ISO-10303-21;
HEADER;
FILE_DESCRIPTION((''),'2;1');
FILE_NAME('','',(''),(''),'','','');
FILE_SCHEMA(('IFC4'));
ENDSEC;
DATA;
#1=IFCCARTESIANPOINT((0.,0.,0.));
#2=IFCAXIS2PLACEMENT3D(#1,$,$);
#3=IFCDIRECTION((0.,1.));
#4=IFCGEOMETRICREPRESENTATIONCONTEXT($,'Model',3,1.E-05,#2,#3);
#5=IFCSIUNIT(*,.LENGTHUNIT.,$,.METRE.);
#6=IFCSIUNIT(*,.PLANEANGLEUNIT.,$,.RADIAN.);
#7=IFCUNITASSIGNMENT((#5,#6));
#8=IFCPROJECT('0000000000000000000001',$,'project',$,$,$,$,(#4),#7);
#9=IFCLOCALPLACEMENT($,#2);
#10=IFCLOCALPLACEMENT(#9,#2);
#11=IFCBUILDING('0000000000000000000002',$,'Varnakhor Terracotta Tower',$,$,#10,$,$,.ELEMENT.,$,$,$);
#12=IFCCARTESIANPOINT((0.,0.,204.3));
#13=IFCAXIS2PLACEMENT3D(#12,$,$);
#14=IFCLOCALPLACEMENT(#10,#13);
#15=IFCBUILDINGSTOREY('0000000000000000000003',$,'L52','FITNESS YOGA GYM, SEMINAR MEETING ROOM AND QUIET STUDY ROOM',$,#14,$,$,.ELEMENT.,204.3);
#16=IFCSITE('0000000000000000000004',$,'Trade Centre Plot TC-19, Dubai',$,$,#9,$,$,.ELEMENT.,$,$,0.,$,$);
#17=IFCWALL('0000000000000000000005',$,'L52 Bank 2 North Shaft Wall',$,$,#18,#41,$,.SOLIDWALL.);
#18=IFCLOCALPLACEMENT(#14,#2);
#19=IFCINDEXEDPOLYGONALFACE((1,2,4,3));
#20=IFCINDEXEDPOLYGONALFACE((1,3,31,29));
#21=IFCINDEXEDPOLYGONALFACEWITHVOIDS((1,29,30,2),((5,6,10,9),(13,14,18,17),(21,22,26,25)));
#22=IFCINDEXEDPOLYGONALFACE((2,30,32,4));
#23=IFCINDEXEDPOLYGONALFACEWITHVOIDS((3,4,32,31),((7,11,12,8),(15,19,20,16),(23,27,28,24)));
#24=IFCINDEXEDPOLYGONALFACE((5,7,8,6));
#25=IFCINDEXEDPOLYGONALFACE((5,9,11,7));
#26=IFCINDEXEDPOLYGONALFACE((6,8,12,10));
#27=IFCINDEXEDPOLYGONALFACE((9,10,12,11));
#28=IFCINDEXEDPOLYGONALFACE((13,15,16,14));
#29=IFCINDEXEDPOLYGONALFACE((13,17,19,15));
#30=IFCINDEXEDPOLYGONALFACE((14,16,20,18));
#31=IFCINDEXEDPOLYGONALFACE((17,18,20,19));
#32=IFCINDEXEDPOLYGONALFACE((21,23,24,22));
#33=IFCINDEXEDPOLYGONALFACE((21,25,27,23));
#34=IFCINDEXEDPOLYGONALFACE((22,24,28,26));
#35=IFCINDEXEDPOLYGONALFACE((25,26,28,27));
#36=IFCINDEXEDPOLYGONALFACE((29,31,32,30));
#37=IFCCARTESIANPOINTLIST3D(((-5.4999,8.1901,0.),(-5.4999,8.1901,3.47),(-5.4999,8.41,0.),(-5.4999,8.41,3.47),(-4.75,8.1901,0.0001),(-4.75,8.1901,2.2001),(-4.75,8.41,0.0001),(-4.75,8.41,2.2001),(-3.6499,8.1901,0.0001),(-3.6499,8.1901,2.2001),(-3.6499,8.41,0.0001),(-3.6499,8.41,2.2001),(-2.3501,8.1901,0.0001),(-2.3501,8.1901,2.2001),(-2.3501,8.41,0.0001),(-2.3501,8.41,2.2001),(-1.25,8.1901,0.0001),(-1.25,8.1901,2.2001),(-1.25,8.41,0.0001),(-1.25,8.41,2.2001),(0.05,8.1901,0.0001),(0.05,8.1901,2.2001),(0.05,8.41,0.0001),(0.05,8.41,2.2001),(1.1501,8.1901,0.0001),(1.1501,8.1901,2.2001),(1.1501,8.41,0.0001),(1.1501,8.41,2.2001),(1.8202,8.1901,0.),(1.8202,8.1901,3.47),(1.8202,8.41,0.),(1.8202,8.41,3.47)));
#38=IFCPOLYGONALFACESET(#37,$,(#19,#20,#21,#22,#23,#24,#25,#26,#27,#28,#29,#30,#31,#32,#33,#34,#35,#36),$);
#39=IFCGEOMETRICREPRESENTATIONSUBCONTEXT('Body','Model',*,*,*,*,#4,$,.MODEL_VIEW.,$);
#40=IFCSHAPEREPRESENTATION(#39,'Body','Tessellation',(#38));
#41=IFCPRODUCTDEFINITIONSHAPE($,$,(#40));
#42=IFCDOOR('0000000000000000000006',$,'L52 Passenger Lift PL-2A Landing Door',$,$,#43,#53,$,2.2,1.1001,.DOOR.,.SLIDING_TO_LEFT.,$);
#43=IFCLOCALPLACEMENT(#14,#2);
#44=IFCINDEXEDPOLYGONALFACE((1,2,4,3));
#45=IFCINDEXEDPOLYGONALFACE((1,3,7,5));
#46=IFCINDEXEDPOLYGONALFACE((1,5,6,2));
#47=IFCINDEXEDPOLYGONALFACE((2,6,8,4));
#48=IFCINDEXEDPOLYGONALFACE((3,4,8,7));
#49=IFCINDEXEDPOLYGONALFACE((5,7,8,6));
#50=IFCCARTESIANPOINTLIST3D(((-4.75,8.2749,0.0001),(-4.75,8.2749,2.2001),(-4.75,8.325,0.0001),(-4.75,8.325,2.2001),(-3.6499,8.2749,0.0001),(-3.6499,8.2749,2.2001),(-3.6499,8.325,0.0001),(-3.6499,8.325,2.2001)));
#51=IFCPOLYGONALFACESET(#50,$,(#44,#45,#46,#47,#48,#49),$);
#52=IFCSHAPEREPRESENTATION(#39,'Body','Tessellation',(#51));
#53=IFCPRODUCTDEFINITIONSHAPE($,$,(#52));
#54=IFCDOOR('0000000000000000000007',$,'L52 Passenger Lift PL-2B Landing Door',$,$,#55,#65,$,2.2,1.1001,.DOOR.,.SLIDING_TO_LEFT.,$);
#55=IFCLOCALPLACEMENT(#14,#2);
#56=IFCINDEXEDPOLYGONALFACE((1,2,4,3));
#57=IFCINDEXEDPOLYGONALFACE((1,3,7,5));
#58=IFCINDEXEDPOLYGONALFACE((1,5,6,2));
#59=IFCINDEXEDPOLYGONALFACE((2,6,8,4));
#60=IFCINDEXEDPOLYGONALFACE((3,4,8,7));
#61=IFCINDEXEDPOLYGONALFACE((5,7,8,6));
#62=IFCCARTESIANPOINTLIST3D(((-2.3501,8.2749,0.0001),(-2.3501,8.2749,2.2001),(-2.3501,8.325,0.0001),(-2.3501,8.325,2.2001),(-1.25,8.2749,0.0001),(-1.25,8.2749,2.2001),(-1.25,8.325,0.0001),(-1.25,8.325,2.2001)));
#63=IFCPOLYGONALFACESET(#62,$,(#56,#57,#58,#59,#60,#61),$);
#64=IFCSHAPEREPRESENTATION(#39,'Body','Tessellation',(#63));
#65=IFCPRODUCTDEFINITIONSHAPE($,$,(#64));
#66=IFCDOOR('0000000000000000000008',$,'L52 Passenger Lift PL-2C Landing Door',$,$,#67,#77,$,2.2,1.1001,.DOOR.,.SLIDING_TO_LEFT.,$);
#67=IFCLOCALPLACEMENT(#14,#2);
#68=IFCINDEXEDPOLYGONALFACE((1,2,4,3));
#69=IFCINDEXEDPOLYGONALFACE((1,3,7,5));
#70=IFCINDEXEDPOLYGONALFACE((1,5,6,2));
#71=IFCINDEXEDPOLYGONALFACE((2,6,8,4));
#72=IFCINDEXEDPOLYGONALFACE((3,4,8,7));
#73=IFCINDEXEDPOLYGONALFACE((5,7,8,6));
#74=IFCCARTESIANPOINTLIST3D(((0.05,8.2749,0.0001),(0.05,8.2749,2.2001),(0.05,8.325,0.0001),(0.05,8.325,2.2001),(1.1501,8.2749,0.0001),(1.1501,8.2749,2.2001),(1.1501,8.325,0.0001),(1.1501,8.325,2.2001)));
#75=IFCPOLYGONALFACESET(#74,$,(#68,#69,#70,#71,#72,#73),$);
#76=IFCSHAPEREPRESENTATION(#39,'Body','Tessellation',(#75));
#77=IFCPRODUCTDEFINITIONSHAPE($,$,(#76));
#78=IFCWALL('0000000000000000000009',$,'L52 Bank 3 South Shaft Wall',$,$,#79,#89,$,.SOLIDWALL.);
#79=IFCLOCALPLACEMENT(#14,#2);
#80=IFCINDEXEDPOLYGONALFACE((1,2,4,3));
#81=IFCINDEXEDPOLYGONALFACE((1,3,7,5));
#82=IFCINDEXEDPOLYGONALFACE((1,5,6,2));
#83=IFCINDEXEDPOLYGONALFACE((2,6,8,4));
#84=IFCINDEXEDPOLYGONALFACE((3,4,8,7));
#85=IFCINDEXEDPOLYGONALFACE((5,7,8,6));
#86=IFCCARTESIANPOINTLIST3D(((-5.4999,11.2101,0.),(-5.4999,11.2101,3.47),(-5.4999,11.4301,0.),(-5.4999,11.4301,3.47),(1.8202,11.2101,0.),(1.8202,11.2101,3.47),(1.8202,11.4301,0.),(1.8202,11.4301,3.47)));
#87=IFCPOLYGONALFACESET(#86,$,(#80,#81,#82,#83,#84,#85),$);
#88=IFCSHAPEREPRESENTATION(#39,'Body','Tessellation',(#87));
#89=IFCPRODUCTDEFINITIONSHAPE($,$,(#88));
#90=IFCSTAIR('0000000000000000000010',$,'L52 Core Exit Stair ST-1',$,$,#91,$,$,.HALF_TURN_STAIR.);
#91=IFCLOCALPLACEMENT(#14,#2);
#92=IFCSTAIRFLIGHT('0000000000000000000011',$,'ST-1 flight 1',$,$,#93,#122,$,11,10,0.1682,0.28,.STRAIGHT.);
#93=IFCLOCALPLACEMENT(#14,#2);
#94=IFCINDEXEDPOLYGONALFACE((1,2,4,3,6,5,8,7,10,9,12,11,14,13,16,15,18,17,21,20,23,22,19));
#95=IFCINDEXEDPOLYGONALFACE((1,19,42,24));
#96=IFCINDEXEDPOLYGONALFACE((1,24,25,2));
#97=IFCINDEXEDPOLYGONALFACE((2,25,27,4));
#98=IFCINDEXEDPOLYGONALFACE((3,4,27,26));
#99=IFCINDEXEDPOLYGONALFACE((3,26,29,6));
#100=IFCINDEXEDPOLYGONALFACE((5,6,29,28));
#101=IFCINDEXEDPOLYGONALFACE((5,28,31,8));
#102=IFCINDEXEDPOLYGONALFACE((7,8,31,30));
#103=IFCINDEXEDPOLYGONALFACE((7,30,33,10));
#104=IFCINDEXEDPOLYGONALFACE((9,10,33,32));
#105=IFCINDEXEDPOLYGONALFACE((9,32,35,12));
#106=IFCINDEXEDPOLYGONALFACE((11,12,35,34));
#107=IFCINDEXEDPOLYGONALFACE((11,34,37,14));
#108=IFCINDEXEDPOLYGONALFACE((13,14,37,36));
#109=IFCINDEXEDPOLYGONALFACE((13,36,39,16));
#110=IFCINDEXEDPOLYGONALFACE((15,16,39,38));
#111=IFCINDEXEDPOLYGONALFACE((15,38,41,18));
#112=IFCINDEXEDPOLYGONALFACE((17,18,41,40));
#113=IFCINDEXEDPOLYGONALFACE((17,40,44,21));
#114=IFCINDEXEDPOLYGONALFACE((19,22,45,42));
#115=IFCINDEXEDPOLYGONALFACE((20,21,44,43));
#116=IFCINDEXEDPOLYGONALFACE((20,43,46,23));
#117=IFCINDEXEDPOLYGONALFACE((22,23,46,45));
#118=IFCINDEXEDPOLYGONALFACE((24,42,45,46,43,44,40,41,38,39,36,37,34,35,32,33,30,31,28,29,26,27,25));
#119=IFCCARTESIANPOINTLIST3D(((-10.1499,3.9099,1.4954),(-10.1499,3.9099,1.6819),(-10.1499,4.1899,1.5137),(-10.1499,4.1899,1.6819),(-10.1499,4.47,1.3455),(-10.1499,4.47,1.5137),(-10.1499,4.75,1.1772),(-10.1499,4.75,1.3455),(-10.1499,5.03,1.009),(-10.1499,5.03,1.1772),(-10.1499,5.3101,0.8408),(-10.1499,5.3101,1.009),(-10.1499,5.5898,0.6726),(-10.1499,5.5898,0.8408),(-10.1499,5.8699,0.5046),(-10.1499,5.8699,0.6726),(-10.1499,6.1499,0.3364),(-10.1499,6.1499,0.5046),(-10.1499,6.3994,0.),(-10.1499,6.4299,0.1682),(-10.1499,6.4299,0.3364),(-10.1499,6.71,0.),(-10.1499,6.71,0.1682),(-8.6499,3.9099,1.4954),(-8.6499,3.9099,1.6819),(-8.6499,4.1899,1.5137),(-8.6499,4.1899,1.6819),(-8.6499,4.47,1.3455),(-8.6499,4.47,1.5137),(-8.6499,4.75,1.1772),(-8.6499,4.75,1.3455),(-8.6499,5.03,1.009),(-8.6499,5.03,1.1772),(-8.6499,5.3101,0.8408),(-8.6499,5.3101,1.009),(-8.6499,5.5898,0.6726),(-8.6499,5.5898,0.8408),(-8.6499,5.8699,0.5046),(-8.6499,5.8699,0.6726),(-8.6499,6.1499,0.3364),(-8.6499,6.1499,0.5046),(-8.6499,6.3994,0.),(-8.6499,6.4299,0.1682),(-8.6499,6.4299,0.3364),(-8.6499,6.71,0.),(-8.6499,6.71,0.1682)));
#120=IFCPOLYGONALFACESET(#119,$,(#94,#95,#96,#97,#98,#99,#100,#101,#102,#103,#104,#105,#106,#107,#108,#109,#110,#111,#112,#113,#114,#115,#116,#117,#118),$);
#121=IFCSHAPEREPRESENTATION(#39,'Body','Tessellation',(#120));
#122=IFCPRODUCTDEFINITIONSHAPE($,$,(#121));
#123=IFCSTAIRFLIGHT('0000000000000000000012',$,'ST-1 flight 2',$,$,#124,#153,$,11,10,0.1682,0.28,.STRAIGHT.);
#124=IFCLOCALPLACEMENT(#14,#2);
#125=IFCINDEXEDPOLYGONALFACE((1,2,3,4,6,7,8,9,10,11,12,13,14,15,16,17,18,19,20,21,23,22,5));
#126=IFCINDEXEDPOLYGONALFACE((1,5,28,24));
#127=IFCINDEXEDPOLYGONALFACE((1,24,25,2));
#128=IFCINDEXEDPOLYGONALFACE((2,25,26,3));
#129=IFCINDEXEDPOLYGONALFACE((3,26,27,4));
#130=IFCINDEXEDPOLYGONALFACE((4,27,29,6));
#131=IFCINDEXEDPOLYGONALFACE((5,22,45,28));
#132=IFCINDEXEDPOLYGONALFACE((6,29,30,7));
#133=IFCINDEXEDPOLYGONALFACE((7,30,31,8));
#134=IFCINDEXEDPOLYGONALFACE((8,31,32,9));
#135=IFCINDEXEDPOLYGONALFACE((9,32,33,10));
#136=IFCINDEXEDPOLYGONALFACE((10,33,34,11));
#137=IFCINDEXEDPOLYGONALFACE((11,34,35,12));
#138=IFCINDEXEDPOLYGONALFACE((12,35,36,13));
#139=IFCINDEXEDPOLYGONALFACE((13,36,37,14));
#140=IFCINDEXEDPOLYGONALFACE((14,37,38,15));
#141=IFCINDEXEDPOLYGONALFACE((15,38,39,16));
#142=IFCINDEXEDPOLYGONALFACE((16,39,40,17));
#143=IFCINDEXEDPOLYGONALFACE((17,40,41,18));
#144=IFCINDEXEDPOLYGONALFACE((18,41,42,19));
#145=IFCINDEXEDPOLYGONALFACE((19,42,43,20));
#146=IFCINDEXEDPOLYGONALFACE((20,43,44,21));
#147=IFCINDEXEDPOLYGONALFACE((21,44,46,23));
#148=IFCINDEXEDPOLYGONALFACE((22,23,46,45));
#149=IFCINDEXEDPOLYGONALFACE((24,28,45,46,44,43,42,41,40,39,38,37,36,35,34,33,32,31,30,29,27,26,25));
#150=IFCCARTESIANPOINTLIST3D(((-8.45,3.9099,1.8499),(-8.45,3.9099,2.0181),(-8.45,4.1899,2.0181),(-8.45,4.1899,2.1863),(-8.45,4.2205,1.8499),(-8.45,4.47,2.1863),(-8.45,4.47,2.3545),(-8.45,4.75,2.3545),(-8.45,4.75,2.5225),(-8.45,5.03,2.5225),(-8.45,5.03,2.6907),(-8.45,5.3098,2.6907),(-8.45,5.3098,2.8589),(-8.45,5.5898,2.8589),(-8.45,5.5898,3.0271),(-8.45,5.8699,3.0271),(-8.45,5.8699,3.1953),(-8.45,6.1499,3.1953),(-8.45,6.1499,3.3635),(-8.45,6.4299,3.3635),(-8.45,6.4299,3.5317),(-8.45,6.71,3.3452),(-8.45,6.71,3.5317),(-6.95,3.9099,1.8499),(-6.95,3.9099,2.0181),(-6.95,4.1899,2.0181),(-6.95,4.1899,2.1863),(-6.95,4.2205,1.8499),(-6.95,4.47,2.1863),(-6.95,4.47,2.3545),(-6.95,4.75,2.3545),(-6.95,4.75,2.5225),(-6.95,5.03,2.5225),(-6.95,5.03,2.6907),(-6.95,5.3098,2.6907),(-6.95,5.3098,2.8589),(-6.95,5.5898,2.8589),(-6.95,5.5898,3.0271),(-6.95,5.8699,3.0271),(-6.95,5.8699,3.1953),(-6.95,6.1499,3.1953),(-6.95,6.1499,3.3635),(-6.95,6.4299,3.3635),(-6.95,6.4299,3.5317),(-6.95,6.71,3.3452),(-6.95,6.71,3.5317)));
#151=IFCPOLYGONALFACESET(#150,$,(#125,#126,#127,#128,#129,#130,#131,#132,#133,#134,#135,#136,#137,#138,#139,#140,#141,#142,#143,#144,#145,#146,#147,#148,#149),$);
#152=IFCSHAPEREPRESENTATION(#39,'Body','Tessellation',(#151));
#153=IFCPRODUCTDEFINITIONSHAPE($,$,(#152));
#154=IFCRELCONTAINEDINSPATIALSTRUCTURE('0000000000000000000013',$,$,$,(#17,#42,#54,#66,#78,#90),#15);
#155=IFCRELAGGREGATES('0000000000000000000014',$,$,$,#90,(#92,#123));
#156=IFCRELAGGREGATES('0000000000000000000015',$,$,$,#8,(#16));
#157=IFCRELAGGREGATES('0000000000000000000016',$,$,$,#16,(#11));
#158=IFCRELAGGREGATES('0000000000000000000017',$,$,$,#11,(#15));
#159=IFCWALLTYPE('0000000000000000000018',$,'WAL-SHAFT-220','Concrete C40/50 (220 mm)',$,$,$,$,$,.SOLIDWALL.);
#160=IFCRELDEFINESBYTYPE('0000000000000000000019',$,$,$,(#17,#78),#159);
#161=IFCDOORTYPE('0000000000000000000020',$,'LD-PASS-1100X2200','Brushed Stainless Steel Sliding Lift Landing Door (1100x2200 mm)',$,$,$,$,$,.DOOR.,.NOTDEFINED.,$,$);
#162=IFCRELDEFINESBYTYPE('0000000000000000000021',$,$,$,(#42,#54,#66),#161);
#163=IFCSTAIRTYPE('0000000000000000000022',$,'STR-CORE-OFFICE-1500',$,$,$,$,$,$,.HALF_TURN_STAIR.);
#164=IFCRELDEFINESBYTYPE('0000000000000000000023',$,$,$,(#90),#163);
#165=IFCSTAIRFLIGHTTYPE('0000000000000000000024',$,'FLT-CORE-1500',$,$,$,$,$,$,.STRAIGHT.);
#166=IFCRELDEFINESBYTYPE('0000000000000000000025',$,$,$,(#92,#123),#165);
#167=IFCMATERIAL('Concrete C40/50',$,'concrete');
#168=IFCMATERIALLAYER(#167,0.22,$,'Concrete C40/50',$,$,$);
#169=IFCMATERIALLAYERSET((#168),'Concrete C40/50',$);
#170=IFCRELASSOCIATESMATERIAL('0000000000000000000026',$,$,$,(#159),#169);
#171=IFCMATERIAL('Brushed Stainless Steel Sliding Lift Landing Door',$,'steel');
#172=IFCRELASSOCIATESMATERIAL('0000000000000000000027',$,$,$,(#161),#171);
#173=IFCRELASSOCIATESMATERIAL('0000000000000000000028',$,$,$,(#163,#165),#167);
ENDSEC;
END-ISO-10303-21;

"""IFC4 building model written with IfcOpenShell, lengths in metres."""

from ifc_helpers import new_model, si_unit, direction, frame, frame_2d, origin, place, context, subcontext, project, spatial, polyline, rectangle, outline, extrude, source, transform, mapped, material, layer, layer_set, type_object, type_shapes, element, fill, aggregate, save


model = new_model("IFC4")

# Units and contexts
model_context = context("Model", 3, precision=1e-05, world=origin(), true_north=direction((0.0, 1.0)))
body_context = subcontext(model_context, "Body", "Model", "MODEL_VIEW")
ifc_project = project(units=[si_unit("LENGTHUNIT", "METRE"), si_unit("PLANEANGLEUNIT", "RADIAN")], contexts=[model_context])

# Site, building, storey
site_placement = place(None, origin())
site = spatial("IfcSite", under=ifc_project, at=site_placement, Name="Trade Centre Plot TC-19, Dubai", CompositionType="ELEMENT", RefElevation=0.0)
building_placement = place(site_placement, origin())
building = spatial("IfcBuilding", under=site, at=building_placement, Name="Varnakhor Terracotta Tower", CompositionType="ELEMENT")
storey_placement = place(building_placement, frame((0.0, 0.0, 204.3)))
storey = spatial("IfcBuildingStorey", under=building, at=storey_placement, Name="L52", Description="FITNESS YOGA GYM, SEMINAR MEETING ROOM AND QUIET STUDY ROOM", CompositionType="ELEMENT", Elevation=204.3)

# Shared definitions
ifc_material_1 = material(Name="Concrete C40/50", Category="concrete")

# Shared definitions
ifc_layer_1 = layer(ifc_material_1, 0.22, Name="Concrete C40/50")
ifc_layer_set_1 = layer_set([ifc_layer_1], Name="Concrete C40/50")
wall_type_1 = type_object("IfcWallType", Name="WAL-SHAFT-220", Description="Concrete C40/50 (220 mm)", PredefinedType="SOLIDWALL", material=ifc_layer_set_1)

# Wall, openings, doors
wall_1_placement = place(storey_placement, frame((-5.5, 8.3, 0.0), z_axis=(0.0, 0.0, 1.0), x_axis=(1.0, 0.0, 0.0)))
wall_1 = element("IfcWall", 1, at=wall_1_placement, inside=storey, type_object=wall_type_1, Name="L52 Bank 2 North Shaft Wall", PredefinedType="SOLIDWALL", context=body_context, shape_type="SweptSolid", body=[
    extrude(rectangle(XDim=7.3201, YDim=0.22, at=frame_2d((3.6602, 0.0))), origin(), (0.0, 0.0, 1.0), 3.47),
])
opening_1_placement = place(wall_1_placement, frame((0.75, 0.0, 0.0)))
opening_1 = element("IfcOpeningElement", 2, at=opening_1_placement, cuts=wall_1, PredefinedType="OPENING", context=body_context, shape_type="SweptSolid", body=[
    extrude(rectangle(XDim=1.1001, YDim=2.2, at=frame_2d((0.55, 1.1001))), frame((0.0, 0.1201, 0.0), z_axis=(0.0, -1.0, 0.0), x_axis=(1.0, 0.0, 0.0)), (0.0, 0.0, 1.0), 0.24),
])
opening_2_placement = place(wall_1_placement, frame((3.1499, 0.0, 0.0)))
opening_2 = element("IfcOpeningElement", 3, at=opening_2_placement, cuts=wall_1, PredefinedType="OPENING", context=body_context, shape_type="SweptSolid", body=[
    extrude(rectangle(XDim=1.1001, YDim=2.2, at=frame_2d((0.55, 1.1001))), frame((0.0, 0.1201, 0.0), z_axis=(0.0, -1.0, 0.0), x_axis=(1.0, 0.0, 0.0)), (0.0, 0.0, 1.0), 0.24),
])
opening_3_placement = place(wall_1_placement, frame((5.55, 0.0, 0.0)))
opening_3 = element("IfcOpeningElement", 4, at=opening_3_placement, cuts=wall_1, PredefinedType="OPENING", context=body_context, shape_type="SweptSolid", body=[
    extrude(rectangle(XDim=1.1001, YDim=2.2, at=frame_2d((0.55, 1.1001))), frame((0.0, 0.1201, 0.0), z_axis=(0.0, -1.0, 0.0), x_axis=(1.0, 0.0, 0.0)), (0.0, 0.0, 1.0), 0.24),
])
ifc_material_2 = material(Name="Brushed Stainless Steel Sliding Lift Landing Door", Category="steel")
door_type_1 = type_object("IfcDoorType", Name="LD-PASS-1100X2200", Description="Brushed Stainless Steel Sliding Lift Landing Door (1100x2200 mm)", OperationType="NOTDEFINED", PredefinedType="DOOR", material=ifc_material_2)
shared_shape_1 = source(origin(), body_context, "Body", "SweptSolid", [
    extrude(rectangle(XDim=1.1001, YDim=2.2, at=frame_2d((0.55, 1.1001))), frame((0.0, 0.0249, 0.0), z_axis=(0.0, -1.0, 0.0), x_axis=(1.0, 0.0, 0.0)), (0.0, 0.0, 1.0), 0.05),
])
type_shapes(door_type_1, [shared_shape_1])
door_1_placement = place(opening_1_placement, origin())
door_1 = element("IfcDoor", 5, at=door_1_placement, inside=storey, type_object=door_type_1, Name="L52 Passenger Lift PL-2A Landing Door", OperationType="SLIDING_TO_LEFT", OverallHeight=2.2, OverallWidth=1.1001, PredefinedType="DOOR", context=body_context, shape_type="MappedRepresentation", body=[
    mapped(shared_shape_1, transform((0.0, 0.0, 0.0), scale=1.0)),
])
fill(opening_1, door_1)
door_2_placement = place(opening_2_placement, origin())
door_2 = element("IfcDoor", 6, at=door_2_placement, inside=storey, type_object=door_type_1, Name="L52 Passenger Lift PL-2B Landing Door", OperationType="SLIDING_TO_LEFT", OverallHeight=2.2, OverallWidth=1.1001, PredefinedType="DOOR", context=body_context, shape_type="MappedRepresentation", body=[
    mapped(shared_shape_1, transform((0.0, 0.0, 0.0), scale=1.0)),
])
fill(opening_2, door_2)
door_3_placement = place(opening_3_placement, origin())
door_3 = element("IfcDoor", 7, at=door_3_placement, inside=storey, type_object=door_type_1, Name="L52 Passenger Lift PL-2C Landing Door", OperationType="SLIDING_TO_LEFT", OverallHeight=2.2, OverallWidth=1.1001, PredefinedType="DOOR", context=body_context, shape_type="MappedRepresentation", body=[
    mapped(shared_shape_1, transform((0.0, 0.0, 0.0), scale=1.0)),
])
fill(opening_3, door_3)

# Wall
wall_2_placement = place(storey_placement, frame((-5.5, 11.3201, 0.0), z_axis=(0.0, 0.0, 1.0), x_axis=(1.0, 0.0, 0.0)))
element("IfcWall", 8, at=wall_2_placement, inside=storey, type_object=wall_type_1, Name="L52 Bank 3 South Shaft Wall", PredefinedType="SOLIDWALL", context=body_context, shape_type="SweptSolid", body=[
    extrude(rectangle(XDim=7.3201, YDim=0.22, at=frame_2d((3.6602, 0.0))), origin(), (0.0, 0.0, 1.0), 3.47),
])

# Stair, stair flights
stair_type = type_object("IfcStairType", Name="STR-CORE-OFFICE-1500", PredefinedType="HALF_TURN_STAIR", material=ifc_material_1)
stair_placement = place(storey_placement, origin())
stair = element("IfcStair", 9, at=stair_placement, inside=storey, type_object=stair_type, Name="L52 Core Exit Stair ST-1", PredefinedType="HALF_TURN_STAIR")
stair_flight_type = type_object("IfcStairFlightType", Name="FLT-CORE-1500", PredefinedType="STRAIGHT", material=ifc_material_1)
stair_flight_1_placement = place(storey_placement, frame((-9.3999, 6.71, 0.0), z_axis=(0.0, 0.0, 1.0), x_axis=(0.0, -1.0, 0.0)))
stair_flight_1 = element("IfcStairFlight", 10, at=stair_flight_1_placement, type_object=stair_flight_type, Name="ST-1 flight 1", NumberOfRisers=11, NumberOfTreads=10, PredefinedType="STRAIGHT", RiserHeight=0.1682, TreadLength=0.28, context=body_context, shape_type="SweptSolid", body=[
    extrude(outline(polyline([(0.0, 0.0), (0.0, 0.1682), (0.28, 0.1682), (0.28, 0.3364), (0.5601, 0.3364), (0.5601, 0.5046), (0.8401, 0.5046), (0.8401, 0.6726), (1.1201, 0.6726), (1.1201, 0.8408), (1.3999, 0.8408), (1.3999, 1.009), (1.6799, 1.009), (1.6799, 1.1772), (1.96, 1.1772), (1.96, 1.3455), (2.24, 1.3455), (2.24, 1.5137), (2.52, 1.5137), (2.52, 1.6819), (2.8, 1.6819), (2.8, 1.8501), (2.8, 1.4954), (0.3105, 0.0), (0.0, 0.0)])), frame((0.0, 0.75, 0.0), z_axis=(0.0, -1.0, 0.0), x_axis=(1.0, 0.0, 0.0)), (0.0, 0.0, 1.0), 1.5),
])
stair_flight_2_placement = place(storey_placement, frame((-7.7, 3.9099, 1.8499), z_axis=(0.0, 0.0, 1.0), x_axis=(0.0, 1.0, 0.0)))
stair_flight_2 = element("IfcStairFlight", 11, at=stair_flight_2_placement, type_object=stair_flight_type, Name="ST-1 flight 2", NumberOfRisers=11, NumberOfTreads=10, PredefinedType="STRAIGHT", RiserHeight=0.1682, TreadLength=0.28, context=body_context, shape_type="SweptSolid", body=[
    extrude(outline(polyline([(0.0, 0.0), (0.0, 0.1682), (0.28, 0.1682), (0.28, 0.3364), (0.5601, 0.3364), (0.5601, 0.5046), (0.8401, 0.5046), (0.8401, 0.6726), (1.1201, 0.6726), (1.1201, 0.8408), (1.3999, 0.8408), (1.3999, 1.009), (1.6799, 1.009), (1.6799, 1.1772), (1.96, 1.1772), (1.96, 1.3455), (2.24, 1.3455), (2.24, 1.5137), (2.52, 1.5137), (2.52, 1.6819), (2.8, 1.6819), (2.8, 1.8501), (2.8, 1.4954), (0.3105, 0.0), (0.0, 0.0)])), frame((0.0, 0.75, 0.0), z_axis=(0.0, -1.0, 0.0), x_axis=(1.0, 0.0, 0.0)), (0.0, 0.0, 1.0), 1.5),
])
aggregate(stair, [stair_flight_1, stair_flight_2])

save(model, "model.ifc")
